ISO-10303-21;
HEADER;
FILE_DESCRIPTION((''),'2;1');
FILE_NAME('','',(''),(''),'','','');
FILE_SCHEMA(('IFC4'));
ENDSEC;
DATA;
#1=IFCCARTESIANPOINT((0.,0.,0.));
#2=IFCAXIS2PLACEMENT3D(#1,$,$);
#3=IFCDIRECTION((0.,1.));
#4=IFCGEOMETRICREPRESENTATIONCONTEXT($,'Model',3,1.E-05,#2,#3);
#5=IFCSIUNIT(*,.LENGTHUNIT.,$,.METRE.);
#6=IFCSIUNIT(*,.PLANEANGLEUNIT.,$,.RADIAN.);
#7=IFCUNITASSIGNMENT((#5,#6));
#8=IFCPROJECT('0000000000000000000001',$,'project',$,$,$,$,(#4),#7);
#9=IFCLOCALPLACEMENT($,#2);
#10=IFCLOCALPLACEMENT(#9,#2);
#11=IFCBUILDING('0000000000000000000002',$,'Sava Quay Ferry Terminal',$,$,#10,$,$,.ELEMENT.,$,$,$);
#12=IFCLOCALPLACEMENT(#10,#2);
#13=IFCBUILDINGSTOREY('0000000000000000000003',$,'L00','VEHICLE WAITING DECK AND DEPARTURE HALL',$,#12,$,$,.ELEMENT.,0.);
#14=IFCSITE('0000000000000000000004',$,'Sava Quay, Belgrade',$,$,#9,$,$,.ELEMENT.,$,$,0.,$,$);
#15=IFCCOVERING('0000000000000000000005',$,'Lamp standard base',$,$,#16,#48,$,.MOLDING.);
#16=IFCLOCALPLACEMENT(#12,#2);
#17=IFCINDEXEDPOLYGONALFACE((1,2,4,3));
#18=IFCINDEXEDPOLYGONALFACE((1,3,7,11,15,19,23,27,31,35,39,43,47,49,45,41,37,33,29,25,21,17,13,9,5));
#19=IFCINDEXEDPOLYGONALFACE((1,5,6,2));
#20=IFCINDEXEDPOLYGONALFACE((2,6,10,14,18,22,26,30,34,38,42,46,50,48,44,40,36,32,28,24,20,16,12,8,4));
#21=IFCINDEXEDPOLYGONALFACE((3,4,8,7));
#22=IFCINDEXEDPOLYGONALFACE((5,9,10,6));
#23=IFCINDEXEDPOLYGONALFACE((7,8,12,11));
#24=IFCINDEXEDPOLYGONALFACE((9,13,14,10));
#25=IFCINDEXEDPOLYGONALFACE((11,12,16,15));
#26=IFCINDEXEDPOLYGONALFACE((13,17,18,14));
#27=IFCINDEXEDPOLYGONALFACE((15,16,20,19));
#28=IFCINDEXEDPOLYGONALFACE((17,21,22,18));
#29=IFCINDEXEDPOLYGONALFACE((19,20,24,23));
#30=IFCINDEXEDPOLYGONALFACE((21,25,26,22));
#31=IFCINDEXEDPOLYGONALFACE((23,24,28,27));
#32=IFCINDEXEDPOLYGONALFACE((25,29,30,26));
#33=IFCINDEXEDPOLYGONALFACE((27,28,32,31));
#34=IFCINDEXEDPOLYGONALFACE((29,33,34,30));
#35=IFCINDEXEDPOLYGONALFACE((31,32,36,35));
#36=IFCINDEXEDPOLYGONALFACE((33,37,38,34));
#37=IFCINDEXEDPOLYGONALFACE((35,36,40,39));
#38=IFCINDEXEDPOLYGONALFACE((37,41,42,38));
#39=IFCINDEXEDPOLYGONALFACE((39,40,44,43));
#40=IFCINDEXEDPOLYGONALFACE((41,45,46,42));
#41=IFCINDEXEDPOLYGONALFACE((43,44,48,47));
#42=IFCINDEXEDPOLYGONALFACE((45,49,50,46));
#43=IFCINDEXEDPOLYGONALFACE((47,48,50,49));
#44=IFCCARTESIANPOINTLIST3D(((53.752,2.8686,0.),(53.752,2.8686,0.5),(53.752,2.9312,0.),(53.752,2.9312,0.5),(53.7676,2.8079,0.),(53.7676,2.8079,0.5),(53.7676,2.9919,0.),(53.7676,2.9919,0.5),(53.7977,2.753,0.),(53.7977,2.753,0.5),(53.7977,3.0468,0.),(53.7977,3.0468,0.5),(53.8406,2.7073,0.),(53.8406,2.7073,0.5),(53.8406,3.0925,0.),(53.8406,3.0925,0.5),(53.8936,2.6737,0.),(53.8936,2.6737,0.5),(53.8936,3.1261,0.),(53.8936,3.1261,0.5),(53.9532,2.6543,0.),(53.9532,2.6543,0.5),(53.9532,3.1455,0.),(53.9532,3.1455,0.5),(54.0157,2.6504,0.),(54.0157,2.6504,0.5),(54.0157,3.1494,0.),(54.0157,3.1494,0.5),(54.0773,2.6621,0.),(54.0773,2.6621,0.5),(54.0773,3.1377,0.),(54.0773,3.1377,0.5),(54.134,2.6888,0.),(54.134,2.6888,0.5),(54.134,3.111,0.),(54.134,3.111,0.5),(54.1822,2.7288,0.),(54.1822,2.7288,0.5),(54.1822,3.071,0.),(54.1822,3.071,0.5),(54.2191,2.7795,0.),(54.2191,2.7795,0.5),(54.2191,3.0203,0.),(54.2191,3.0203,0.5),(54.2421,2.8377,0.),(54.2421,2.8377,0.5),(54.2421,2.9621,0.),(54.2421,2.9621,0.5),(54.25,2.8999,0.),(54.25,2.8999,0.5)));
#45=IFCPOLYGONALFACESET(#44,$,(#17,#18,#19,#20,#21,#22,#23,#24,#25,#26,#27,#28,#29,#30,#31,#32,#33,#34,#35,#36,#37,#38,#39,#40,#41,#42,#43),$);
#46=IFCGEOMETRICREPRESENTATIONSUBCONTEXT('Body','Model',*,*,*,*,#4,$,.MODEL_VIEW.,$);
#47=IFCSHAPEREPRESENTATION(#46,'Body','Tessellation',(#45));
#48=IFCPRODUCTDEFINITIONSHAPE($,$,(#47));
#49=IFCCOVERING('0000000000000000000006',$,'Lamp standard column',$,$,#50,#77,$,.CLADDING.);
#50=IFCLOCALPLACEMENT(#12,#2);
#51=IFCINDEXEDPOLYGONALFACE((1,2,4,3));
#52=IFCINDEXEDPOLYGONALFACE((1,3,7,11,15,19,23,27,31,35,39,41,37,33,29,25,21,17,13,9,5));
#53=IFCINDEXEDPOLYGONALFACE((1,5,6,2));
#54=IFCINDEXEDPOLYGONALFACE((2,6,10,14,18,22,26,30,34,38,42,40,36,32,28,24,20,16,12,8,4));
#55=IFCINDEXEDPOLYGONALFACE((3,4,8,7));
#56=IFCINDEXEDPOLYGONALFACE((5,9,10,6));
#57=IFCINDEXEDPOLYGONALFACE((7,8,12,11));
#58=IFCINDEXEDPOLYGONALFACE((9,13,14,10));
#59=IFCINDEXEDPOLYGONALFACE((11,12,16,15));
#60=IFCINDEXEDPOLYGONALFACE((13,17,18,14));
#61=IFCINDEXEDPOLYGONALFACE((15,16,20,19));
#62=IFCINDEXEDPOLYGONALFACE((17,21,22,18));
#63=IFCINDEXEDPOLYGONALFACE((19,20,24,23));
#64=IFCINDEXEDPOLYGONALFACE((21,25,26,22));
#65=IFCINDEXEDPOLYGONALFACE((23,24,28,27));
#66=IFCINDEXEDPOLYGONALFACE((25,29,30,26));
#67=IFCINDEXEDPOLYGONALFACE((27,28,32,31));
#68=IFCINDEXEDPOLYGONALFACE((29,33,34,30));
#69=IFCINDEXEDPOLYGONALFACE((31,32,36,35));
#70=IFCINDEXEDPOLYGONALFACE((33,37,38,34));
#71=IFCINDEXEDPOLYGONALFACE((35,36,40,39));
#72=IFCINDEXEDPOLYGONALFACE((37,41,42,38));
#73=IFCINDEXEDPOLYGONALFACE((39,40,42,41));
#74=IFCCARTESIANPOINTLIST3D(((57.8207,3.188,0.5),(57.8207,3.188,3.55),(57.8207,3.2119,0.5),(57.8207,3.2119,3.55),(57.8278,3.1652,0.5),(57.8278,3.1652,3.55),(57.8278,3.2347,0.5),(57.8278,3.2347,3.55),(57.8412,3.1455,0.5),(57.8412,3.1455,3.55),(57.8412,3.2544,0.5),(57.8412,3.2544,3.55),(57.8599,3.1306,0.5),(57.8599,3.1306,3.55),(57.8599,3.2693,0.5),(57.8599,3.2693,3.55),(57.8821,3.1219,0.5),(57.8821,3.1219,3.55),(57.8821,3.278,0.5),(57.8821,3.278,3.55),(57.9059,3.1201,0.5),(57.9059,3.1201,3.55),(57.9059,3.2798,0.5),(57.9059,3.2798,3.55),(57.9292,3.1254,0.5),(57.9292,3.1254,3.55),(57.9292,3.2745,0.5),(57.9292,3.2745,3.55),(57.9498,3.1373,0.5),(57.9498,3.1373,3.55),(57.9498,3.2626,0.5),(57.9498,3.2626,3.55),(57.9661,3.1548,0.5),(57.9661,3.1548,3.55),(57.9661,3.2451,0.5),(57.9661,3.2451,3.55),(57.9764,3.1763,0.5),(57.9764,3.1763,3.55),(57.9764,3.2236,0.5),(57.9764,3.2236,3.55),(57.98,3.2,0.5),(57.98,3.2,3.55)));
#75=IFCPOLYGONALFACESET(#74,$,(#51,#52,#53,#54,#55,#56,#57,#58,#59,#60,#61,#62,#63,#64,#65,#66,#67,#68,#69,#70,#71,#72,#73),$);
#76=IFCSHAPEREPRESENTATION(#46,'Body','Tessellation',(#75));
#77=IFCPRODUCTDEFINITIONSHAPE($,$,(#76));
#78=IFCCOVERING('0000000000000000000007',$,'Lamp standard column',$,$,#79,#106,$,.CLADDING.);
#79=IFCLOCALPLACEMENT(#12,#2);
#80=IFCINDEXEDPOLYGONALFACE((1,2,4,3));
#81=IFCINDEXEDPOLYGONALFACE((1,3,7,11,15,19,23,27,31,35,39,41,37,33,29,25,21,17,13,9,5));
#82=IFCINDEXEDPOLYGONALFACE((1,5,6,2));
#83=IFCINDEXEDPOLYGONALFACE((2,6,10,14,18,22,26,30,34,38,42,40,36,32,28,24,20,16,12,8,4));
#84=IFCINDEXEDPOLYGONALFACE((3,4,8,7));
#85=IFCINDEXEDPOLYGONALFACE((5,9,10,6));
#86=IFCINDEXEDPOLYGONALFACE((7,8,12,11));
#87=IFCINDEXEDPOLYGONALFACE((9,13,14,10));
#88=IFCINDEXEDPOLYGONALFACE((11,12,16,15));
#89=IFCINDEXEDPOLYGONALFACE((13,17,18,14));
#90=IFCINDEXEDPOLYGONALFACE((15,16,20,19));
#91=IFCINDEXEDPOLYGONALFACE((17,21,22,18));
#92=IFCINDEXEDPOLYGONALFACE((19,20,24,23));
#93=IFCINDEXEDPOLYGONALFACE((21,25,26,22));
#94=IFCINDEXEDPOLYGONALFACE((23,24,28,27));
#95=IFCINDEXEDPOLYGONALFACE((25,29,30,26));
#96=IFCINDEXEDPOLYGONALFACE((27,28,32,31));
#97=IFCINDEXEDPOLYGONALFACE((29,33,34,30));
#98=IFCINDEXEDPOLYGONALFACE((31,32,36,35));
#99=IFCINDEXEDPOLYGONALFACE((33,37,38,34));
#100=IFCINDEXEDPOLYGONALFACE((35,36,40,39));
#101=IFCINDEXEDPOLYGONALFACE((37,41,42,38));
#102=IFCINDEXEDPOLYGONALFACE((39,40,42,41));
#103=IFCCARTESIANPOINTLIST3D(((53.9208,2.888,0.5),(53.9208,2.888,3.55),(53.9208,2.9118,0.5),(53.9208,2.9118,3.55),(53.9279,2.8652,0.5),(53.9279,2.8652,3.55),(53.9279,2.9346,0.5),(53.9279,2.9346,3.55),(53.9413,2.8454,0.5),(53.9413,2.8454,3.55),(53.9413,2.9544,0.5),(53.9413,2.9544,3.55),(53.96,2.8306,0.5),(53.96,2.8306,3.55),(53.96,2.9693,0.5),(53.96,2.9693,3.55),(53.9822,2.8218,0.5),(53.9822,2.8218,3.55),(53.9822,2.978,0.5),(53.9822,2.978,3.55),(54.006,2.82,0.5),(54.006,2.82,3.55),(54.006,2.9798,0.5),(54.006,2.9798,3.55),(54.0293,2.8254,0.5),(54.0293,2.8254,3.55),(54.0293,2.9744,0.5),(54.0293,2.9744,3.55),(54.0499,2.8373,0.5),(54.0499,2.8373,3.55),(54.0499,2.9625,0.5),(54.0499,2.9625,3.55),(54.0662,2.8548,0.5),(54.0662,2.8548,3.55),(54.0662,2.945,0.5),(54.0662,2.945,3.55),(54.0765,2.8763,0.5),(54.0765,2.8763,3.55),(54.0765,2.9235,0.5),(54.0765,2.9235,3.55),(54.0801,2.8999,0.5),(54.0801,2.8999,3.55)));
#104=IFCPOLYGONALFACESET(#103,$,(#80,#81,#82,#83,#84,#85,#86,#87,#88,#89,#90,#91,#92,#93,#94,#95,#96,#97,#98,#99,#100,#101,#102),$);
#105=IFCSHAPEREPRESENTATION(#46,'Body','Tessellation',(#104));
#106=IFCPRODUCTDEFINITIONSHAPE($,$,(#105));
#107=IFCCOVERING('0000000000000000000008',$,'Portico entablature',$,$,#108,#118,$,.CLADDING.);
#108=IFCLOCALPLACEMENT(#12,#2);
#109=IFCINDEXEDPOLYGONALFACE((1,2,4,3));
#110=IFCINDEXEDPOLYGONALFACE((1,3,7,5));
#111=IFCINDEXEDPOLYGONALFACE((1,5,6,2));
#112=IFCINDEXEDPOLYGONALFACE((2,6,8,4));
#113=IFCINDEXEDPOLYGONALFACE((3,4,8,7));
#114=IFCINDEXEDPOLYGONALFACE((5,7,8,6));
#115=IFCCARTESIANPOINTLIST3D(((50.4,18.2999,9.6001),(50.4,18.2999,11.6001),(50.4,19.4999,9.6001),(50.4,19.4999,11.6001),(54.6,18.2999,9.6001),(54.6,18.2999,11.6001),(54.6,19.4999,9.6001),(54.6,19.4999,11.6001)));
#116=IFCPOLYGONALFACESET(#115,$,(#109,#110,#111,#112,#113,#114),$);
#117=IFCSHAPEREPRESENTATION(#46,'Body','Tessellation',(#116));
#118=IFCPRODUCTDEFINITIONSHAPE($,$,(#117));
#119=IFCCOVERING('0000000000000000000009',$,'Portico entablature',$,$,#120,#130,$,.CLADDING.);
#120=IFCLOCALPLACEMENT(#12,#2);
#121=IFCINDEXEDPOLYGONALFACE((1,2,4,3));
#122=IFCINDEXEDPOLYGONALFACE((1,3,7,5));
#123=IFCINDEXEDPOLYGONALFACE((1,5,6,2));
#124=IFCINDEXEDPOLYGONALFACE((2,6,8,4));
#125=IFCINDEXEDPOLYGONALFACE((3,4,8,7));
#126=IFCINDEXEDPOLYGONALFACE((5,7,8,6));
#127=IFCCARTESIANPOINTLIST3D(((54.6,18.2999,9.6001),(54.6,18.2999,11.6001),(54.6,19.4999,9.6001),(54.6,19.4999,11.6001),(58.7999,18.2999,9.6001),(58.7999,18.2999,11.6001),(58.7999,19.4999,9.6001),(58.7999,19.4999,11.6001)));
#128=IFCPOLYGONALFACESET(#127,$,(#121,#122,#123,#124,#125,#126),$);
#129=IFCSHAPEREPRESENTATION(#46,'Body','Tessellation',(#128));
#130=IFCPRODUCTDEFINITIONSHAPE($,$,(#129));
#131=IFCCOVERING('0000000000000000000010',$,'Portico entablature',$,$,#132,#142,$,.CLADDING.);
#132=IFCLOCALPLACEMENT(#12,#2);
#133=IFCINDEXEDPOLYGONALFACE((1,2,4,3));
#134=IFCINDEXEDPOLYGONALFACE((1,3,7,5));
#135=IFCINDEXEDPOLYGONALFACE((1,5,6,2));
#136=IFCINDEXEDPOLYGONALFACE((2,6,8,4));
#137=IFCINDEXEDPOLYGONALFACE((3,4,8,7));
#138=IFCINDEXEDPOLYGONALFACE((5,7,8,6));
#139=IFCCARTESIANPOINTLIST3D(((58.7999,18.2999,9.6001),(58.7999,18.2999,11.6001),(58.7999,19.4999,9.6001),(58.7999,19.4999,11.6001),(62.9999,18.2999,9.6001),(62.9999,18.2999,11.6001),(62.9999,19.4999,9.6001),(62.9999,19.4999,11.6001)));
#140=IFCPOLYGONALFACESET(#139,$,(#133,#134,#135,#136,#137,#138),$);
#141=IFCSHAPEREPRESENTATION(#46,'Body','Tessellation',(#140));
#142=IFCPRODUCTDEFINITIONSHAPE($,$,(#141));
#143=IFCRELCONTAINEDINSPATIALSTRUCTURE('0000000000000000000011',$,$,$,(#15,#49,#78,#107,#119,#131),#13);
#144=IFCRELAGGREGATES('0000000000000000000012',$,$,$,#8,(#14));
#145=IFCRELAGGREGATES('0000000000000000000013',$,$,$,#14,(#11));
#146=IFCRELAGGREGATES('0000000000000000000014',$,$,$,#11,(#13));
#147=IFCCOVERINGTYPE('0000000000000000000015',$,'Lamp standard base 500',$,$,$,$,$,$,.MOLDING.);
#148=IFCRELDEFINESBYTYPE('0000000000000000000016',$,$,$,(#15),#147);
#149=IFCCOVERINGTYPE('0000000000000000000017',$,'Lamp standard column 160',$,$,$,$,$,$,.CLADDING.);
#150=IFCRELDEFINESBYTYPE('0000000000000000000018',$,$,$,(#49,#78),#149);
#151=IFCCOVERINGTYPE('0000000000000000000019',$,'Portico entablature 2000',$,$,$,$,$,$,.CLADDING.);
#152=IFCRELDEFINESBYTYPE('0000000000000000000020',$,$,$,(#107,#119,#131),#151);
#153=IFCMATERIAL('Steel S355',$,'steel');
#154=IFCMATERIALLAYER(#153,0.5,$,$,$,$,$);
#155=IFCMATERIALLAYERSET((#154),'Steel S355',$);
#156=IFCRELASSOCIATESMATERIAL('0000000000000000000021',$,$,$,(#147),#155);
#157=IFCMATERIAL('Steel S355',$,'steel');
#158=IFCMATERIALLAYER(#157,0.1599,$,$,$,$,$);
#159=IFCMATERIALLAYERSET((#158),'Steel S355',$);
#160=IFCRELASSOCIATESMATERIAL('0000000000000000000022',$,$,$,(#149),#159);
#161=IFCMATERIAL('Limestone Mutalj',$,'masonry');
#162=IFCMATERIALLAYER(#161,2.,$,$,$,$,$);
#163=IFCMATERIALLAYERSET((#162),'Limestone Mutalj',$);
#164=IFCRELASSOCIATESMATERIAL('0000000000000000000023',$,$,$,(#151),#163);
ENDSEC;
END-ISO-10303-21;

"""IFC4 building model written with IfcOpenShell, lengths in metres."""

from ifc_helpers import new_model, si_unit, direction, frame, origin, origin_2d, place, context, subcontext, project, spatial, rectangle, circle, extrude, material, layer, layer_set, type_object, element, save


model = new_model("IFC4")

# Units and contexts
model_context = context("Model", 3, precision=1e-05, world=origin(), true_north=direction((0.0, 1.0)))
body_context = subcontext(model_context, "Body", "Model", "MODEL_VIEW")
ifc_project = project(units=[si_unit("LENGTHUNIT", "METRE"), si_unit("PLANEANGLEUNIT", "RADIAN")], contexts=[model_context])

# Site, building, storey
site_placement = place(None, origin())
site = spatial("IfcSite", under=ifc_project, at=site_placement, Name="Sava Quay, Belgrade", CompositionType="ELEMENT", RefElevation=0.0)
building_placement = place(site_placement, origin())
building = spatial("IfcBuilding", under=site, at=building_placement, Name="Sava Quay Ferry Terminal", CompositionType="ELEMENT")
storey_placement = place(building_placement, origin())
storey = spatial("IfcBuildingStorey", under=building, at=storey_placement, Name="L00", Description="VEHICLE WAITING DECK AND DEPARTURE HALL", CompositionType="ELEMENT", Elevation=0.0)

# Coverings
ifc_material_1 = material(Name="Steel S355", Category="steel")
ifc_layer_1 = layer(ifc_material_1, 0.5)
ifc_layer_set_1 = layer_set([ifc_layer_1], Name="Steel S355")
covering_type_1 = type_object("IfcCoveringType", Name="Lamp standard base 500", PredefinedType="MOLDING", material=ifc_layer_set_1)
for number, where, z_axis, x_axis, name in (
    (1, (54.0, 2.8999, 0.5), (0.0, 0.0, -1.0), (1.0, 0.0, 0.0), "Lamp standard base"),
):
    element("IfcCovering", number, at=place(storey_placement, frame(where, z_axis=z_axis, x_axis=x_axis)), inside=storey, type_object=covering_type_1, Name=name, PredefinedType="MOLDING", context=body_context, shape_type="SweptSolid", body=[
        extrude(circle(Radius=0.25, at=origin_2d()), origin(), (0.0, 0.0, 1.0), 0.5),
    ])
ifc_material_2 = material(Name="Steel S355", Category="steel")
ifc_layer_2 = layer(ifc_material_2, 0.1599)
ifc_layer_set_2 = layer_set([ifc_layer_2], Name="Steel S355")
covering_type_2 = type_object("IfcCoveringType", Name="Lamp standard column 160", PredefinedType="CLADDING", material=ifc_layer_set_2)
for number, where, z_axis, x_axis, name in (
    (2, (57.8999, 3.2, 3.55), (0.0, 0.0, -1.0), (1.0, 0.0, 0.0), "Lamp standard column"),
    (3, (54.0, 2.8999, 3.55), (0.0, 0.0, -1.0), (1.0, 0.0, 0.0), "Lamp standard column"),
):
    element("IfcCovering", number, at=place(storey_placement, frame(where, z_axis=z_axis, x_axis=x_axis)), inside=storey, type_object=covering_type_2, Name=name, PredefinedType="CLADDING", context=body_context, shape_type="SweptSolid", body=[
        extrude(circle(Radius=0.0801, at=origin_2d()), origin(), (0.0, 0.0, 1.0), 3.05),
    ])
ifc_material_3 = material(Name="Limestone Mutalj", Category="masonry")
ifc_layer_3 = layer(ifc_material_3, 2.0)
ifc_layer_set_3 = layer_set([ifc_layer_3], Name="Limestone Mutalj")
covering_type_3 = type_object("IfcCoveringType", Name="Portico entablature 2000", PredefinedType="CLADDING", material=ifc_layer_set_3)
for number, where, z_axis, x_axis, name in (
    (4, (52.5, 18.8999, 9.6001), (0.0, 0.0, 1.0), (1.0, 0.0, 0.0), "Portico entablature"),
    (5, (56.7, 18.8999, 9.6001), (0.0, 0.0, 1.0), (1.0, 0.0, 0.0), "Portico entablature"),
    (6, (60.8999, 18.8999, 9.6001), (0.0, 0.0, 1.0), (1.0, 0.0, 0.0), "Portico entablature"),
):
    element("IfcCovering", number, at=place(storey_placement, frame(where, z_axis=z_axis, x_axis=x_axis)), inside=storey, type_object=covering_type_3, Name=name, PredefinedType="CLADDING", context=body_context, shape_type="SweptSolid", body=[
        extrude(rectangle(XDim=4.2, YDim=1.2, at=origin_2d()), origin(), (0.0, 0.0, 1.0), 2.0),
    ])

save(model, "model.ifc")
